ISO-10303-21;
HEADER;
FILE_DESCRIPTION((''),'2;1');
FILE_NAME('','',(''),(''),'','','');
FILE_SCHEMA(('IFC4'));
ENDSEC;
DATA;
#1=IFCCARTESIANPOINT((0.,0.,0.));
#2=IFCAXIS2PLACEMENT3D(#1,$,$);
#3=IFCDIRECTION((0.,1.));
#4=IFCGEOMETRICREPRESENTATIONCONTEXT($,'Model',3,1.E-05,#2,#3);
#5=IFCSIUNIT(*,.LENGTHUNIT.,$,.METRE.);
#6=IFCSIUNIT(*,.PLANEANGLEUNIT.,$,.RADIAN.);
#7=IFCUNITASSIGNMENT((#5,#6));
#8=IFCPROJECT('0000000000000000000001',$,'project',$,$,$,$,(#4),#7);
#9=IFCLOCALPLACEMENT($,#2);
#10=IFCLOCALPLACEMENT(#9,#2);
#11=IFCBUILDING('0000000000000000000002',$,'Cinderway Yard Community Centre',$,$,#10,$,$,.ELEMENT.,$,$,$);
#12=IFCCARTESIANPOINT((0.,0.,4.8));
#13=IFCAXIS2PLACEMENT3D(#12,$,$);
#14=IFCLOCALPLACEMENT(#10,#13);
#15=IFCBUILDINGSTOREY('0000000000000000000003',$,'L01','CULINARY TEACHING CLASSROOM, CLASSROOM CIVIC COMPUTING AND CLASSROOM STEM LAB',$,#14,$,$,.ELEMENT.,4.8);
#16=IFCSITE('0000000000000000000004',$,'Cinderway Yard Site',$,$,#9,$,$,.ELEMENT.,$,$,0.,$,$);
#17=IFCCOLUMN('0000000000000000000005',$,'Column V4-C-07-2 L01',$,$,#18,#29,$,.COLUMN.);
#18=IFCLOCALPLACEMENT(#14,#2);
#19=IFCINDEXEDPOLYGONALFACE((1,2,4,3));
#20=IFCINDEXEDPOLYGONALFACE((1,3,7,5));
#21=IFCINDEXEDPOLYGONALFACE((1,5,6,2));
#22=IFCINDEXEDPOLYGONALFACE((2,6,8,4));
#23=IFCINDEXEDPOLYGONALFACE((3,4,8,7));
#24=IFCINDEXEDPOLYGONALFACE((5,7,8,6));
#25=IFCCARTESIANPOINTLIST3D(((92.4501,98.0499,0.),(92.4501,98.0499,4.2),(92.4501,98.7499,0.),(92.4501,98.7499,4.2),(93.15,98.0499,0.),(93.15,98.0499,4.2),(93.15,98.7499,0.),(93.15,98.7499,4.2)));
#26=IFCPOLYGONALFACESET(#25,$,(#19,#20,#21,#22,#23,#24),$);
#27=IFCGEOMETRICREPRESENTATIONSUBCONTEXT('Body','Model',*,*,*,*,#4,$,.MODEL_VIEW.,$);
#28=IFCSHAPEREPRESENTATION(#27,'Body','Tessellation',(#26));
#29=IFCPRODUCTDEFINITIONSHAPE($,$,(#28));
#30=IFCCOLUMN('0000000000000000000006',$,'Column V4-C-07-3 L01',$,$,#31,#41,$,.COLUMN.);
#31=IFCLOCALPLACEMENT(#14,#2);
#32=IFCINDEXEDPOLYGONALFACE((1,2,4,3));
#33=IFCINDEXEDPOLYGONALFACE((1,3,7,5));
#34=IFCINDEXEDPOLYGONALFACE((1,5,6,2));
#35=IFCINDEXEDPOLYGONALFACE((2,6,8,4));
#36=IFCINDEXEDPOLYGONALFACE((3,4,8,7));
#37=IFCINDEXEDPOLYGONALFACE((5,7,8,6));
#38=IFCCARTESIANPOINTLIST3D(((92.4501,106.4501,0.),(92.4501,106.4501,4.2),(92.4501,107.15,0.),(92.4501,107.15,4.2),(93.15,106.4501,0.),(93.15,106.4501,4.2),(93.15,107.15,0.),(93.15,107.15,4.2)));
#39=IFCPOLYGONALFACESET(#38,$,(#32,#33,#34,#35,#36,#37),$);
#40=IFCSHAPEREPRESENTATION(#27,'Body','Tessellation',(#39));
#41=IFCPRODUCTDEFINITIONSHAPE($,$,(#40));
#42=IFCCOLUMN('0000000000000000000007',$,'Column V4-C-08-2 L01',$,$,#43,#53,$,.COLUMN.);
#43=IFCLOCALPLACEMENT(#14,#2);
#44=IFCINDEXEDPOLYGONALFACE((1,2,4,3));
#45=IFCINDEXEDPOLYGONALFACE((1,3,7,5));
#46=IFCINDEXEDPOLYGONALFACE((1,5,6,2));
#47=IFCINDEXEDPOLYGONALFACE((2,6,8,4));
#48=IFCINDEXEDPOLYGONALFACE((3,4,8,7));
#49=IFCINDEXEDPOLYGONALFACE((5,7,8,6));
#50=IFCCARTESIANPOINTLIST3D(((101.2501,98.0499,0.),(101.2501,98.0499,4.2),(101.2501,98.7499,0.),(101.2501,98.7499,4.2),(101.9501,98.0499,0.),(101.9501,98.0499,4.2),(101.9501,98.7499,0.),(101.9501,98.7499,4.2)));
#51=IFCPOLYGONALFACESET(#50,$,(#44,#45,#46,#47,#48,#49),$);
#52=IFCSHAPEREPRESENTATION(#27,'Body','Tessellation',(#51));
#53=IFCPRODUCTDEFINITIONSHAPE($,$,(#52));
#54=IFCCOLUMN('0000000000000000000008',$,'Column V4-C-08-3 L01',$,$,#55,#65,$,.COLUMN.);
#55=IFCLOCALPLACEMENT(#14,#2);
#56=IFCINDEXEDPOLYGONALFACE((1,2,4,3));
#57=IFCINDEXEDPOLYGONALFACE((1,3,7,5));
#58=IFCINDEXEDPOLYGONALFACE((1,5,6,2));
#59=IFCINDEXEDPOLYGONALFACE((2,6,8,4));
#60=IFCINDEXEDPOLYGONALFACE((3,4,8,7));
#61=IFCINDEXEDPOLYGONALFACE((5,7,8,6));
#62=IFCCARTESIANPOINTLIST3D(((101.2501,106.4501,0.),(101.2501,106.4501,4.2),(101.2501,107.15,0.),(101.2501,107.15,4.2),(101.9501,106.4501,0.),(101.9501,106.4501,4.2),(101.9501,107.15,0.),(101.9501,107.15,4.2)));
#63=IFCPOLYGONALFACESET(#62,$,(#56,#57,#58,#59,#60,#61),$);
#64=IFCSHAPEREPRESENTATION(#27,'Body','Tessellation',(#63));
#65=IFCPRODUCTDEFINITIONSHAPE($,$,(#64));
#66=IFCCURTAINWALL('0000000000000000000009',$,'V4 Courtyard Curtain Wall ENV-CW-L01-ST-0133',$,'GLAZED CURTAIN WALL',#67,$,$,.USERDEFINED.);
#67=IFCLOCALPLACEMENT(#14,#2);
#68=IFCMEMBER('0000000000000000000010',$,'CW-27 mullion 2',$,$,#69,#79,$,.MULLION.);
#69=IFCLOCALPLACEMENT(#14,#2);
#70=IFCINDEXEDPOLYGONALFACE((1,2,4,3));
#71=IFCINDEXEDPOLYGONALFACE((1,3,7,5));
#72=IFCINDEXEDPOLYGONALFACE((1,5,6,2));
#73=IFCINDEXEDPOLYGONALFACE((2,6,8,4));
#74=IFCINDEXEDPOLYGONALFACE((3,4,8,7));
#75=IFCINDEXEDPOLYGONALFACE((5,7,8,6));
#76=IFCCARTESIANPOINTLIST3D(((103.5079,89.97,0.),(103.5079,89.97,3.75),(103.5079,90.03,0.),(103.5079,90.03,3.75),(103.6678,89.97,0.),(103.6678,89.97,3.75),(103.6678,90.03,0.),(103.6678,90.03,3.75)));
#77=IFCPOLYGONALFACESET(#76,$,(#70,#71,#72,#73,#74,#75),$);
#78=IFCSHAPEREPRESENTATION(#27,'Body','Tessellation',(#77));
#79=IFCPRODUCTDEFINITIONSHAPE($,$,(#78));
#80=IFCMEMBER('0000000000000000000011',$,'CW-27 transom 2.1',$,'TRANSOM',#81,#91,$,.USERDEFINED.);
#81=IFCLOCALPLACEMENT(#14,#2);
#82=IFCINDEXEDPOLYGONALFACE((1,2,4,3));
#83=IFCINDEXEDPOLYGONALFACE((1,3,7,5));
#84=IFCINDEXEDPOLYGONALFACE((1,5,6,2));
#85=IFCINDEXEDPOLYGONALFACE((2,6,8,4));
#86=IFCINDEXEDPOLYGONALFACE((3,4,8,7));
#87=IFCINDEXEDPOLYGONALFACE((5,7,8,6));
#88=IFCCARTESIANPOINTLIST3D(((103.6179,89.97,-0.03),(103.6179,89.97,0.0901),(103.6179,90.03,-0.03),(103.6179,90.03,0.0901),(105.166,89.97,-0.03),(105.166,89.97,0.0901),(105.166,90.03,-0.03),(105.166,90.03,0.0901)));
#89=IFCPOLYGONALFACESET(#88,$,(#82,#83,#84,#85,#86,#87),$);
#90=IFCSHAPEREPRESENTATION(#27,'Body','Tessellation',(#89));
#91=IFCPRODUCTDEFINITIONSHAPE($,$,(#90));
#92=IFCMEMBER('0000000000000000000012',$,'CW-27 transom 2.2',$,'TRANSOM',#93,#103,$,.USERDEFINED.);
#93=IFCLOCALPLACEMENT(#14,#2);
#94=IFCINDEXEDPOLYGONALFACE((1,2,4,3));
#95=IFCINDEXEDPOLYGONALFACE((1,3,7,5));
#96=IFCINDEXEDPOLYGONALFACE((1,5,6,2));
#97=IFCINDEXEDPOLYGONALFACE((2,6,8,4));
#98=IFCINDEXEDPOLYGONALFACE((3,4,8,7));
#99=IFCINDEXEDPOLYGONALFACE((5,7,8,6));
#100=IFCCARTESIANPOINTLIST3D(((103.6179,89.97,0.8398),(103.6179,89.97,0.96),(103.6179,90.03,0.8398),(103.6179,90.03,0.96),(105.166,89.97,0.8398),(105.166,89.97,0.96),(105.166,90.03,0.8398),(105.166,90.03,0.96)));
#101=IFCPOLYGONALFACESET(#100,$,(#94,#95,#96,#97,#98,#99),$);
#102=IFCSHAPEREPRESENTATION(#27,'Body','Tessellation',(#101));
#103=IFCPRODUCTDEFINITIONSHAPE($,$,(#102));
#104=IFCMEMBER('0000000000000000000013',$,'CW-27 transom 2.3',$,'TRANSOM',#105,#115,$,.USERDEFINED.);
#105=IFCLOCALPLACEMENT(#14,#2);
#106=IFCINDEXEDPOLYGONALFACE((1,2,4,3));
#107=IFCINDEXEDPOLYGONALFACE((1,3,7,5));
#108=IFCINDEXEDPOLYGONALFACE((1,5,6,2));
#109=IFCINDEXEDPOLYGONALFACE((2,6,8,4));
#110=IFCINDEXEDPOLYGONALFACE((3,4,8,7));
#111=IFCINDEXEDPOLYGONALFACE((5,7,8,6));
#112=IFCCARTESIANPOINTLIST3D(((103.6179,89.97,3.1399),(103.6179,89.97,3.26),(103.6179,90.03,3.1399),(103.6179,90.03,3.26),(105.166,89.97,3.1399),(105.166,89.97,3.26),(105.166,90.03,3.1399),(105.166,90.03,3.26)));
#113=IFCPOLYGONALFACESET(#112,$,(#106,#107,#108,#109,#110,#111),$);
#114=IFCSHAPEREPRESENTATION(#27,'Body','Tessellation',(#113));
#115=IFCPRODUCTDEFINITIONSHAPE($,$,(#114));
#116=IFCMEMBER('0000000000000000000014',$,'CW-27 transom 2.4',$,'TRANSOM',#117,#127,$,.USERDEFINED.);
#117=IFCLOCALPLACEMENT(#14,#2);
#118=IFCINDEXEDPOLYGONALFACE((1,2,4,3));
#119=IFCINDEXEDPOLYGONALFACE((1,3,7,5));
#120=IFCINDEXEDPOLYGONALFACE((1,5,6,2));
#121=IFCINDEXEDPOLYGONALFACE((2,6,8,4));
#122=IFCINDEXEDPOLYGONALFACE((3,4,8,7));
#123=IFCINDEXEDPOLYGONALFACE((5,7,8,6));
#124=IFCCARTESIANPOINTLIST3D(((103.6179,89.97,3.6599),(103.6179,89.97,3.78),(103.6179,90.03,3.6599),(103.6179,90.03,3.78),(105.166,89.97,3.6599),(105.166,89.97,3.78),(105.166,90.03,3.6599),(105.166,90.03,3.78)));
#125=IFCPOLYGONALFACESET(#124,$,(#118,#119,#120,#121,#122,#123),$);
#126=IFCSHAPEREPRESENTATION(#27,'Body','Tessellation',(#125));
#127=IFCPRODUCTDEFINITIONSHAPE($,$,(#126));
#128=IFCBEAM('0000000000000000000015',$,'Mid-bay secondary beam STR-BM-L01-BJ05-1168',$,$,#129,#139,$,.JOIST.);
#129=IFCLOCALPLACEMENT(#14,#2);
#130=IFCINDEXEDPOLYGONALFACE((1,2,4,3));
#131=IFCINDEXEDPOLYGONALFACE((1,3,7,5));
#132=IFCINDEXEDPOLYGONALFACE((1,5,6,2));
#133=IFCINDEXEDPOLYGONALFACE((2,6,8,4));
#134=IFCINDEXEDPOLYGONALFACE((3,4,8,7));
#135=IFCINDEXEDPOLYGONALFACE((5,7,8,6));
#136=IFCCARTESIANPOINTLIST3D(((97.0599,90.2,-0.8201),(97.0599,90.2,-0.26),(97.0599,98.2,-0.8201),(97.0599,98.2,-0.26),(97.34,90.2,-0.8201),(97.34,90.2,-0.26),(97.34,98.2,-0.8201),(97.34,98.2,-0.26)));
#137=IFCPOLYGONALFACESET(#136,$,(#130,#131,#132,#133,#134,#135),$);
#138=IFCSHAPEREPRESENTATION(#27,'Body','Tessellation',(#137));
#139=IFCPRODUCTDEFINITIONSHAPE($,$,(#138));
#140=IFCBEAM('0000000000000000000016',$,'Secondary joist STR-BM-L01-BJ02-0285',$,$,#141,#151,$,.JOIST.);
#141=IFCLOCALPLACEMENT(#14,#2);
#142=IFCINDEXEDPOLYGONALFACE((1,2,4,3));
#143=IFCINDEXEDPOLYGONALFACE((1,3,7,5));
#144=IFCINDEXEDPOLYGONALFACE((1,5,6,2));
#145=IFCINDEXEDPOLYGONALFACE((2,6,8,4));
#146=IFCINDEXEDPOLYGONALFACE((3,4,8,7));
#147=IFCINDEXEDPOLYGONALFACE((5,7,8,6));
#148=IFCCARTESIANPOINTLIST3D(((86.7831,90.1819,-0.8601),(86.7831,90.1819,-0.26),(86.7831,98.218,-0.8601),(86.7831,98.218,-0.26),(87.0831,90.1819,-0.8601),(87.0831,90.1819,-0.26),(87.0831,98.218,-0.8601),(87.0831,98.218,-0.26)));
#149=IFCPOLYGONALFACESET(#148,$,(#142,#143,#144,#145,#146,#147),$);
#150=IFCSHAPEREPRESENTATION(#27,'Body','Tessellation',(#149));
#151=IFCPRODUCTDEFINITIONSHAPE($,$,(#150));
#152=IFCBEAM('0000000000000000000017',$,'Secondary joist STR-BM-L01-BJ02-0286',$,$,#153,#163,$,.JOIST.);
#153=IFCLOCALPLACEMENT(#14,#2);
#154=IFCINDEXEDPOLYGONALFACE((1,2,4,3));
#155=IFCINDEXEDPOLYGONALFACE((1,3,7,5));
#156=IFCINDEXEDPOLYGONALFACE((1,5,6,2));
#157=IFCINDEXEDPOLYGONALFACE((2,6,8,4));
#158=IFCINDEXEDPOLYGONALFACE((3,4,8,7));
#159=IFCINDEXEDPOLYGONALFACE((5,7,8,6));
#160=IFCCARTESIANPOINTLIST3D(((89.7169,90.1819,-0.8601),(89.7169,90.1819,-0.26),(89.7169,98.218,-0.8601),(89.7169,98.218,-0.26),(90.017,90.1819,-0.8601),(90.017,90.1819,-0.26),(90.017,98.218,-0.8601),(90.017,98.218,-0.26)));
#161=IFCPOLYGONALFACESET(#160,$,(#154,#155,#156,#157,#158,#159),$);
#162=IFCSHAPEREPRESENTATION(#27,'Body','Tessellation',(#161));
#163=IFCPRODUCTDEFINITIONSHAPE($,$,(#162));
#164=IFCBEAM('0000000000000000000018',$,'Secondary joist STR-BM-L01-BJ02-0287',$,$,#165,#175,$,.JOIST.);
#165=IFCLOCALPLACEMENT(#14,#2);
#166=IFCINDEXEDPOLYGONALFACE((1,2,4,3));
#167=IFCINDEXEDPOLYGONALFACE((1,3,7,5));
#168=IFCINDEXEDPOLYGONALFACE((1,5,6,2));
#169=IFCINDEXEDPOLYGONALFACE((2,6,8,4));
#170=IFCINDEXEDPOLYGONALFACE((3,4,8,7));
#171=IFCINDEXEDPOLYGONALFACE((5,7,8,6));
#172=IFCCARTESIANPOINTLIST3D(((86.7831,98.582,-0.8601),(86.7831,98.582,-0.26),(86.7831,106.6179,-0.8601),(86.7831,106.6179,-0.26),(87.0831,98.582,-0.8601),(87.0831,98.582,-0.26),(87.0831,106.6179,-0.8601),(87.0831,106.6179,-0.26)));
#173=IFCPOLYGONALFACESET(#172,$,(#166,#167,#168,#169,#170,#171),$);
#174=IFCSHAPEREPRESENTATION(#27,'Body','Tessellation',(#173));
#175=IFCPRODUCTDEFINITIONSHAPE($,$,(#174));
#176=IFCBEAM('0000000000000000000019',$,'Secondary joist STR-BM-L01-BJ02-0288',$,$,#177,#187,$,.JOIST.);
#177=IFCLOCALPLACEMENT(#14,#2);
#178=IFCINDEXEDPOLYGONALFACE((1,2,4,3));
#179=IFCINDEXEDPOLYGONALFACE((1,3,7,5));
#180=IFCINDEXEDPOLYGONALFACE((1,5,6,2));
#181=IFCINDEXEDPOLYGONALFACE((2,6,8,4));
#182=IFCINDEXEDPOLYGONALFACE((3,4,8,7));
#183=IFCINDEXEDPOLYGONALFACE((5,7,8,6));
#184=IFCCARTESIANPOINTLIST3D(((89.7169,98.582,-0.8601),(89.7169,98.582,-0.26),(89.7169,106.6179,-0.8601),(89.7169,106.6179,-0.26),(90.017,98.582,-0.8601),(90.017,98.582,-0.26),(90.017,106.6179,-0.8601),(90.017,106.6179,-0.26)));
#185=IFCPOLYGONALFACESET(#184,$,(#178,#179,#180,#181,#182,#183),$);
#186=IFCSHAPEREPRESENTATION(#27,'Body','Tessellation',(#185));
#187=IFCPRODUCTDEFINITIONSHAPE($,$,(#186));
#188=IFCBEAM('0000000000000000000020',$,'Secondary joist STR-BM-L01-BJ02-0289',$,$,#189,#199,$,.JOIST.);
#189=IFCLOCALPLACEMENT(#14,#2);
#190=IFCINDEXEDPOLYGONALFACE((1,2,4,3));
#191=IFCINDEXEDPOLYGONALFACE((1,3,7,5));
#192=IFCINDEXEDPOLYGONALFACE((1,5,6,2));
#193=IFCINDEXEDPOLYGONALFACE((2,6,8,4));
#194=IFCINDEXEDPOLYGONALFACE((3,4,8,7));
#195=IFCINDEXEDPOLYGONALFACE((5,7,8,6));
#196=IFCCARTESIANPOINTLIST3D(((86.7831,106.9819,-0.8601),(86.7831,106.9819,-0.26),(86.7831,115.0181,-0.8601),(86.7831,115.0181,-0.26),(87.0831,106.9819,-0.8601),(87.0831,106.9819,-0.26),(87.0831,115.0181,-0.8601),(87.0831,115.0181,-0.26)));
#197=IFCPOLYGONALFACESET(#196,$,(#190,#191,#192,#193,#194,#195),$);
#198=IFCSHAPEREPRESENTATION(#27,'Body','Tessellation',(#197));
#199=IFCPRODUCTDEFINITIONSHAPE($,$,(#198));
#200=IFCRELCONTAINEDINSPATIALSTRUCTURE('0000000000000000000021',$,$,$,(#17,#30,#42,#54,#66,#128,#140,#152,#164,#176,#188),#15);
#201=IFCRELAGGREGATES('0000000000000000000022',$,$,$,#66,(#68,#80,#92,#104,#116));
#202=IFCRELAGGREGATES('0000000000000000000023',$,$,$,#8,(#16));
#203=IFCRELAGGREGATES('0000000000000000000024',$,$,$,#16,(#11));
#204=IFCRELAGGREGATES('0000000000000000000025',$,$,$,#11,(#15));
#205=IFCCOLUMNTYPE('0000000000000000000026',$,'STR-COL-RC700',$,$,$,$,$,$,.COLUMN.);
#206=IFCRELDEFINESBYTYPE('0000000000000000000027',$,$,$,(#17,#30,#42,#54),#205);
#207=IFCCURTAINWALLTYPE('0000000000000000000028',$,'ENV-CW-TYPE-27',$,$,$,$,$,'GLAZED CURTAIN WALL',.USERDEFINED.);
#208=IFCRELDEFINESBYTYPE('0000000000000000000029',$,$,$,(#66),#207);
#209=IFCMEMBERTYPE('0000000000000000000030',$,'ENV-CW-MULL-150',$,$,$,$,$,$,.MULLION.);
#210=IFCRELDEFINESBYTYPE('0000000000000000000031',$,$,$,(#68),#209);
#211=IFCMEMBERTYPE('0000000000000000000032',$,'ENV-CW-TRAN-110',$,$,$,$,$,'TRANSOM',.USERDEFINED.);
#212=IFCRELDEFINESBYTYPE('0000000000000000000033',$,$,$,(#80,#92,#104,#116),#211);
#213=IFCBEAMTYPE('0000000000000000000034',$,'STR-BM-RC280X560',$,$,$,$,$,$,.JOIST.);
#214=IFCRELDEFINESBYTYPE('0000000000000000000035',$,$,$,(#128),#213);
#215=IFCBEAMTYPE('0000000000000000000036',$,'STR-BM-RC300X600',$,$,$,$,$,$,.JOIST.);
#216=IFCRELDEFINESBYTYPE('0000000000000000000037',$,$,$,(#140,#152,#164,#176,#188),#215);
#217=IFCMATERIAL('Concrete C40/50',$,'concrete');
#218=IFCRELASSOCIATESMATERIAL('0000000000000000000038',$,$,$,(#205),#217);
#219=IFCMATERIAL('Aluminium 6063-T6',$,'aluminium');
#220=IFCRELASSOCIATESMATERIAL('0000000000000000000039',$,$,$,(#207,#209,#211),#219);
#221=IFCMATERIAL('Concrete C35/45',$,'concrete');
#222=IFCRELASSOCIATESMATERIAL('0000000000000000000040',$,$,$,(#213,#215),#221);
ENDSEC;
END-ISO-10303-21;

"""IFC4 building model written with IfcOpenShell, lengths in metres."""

from ifc_helpers import new_model, si_unit, direction, frame, origin, origin_2d, place, context, subcontext, project, spatial, rectangle, extrude, material, material_profile, profile_set, type_object, element, aggregate, save


model = new_model("IFC4")

# Units and contexts
model_context = context("Model", 3, precision=1e-05, world=origin(), true_north=direction((0.0, 1.0)))
body_context = subcontext(model_context, "Body", "Model", "MODEL_VIEW")
ifc_project = project(units=[si_unit("LENGTHUNIT", "METRE"), si_unit("PLANEANGLEUNIT", "RADIAN")], contexts=[model_context])

# Site, building, storey
site_placement = place(None, origin())
site = spatial("IfcSite", under=ifc_project, at=site_placement, Name="Cinderway Yard Site", CompositionType="ELEMENT", RefElevation=0.0)
building_placement = place(site_placement, origin())
building = spatial("IfcBuilding", under=site, at=building_placement, Name="Cinderway Yard Community Centre", CompositionType="ELEMENT")
storey_placement = place(building_placement, frame((0.0, 0.0, 4.8)))
storey = spatial("IfcBuildingStorey", under=building, at=storey_placement, Name="L01", Description="CULINARY TEACHING CLASSROOM, CLASSROOM CIVIC COMPUTING AND CLASSROOM STEM LAB", CompositionType="ELEMENT", Elevation=4.8)

# Columns
ifc_material_1 = material(Name="Concrete C40/50", Category="concrete")
ifc_material_profile_1 = material_profile(ifc_material_1, rectangle(XDim=0.7, YDim=0.7, at=origin_2d()), Name="Concrete C40/50")
ifc_profile_set_1 = profile_set([ifc_material_profile_1], Name="Concrete C40/50")
column_type = type_object("IfcColumnType", Name="STR-COL-RC700", PredefinedType="COLUMN", material=ifc_profile_set_1)
for number, where, z_axis, x_axis, name in (
    (1, (92.8, 98.3999, 0.0), (0.0, 0.0, 1.0), (1.0, 0.0, 0.0), "Column V4-C-07-2 L01"),
    (2, (92.8, 106.8, 0.0), (0.0, 0.0, 1.0), (1.0, 0.0, 0.0), "Column V4-C-07-3 L01"),
    (3, (101.6001, 98.3999, 0.0), (0.0, 0.0, 1.0), (1.0, 0.0, 0.0), "Column V4-C-08-2 L01"),
    (4, (101.6001, 106.8, 0.0), (0.0, 0.0, 1.0), (1.0, 0.0, 0.0), "Column V4-C-08-3 L01"),
):
    element("IfcColumn", number, at=place(storey_placement, frame(where, z_axis=z_axis, x_axis=x_axis)), inside=storey, type_object=column_type, Name=name, PredefinedType="COLUMN", context=body_context, shape_type="SweptSolid", body=[
        extrude(rectangle(XDim=0.7, YDim=0.7, at=origin_2d()), origin(), (0.0, 0.0, 1.0), 4.2),
    ])

# Curtain wall, members
ifc_material_2 = material(Name="Aluminium 6063-T6", Category="aluminium")
curtain_wall_type = type_object("IfcCurtainWallType", Name="ENV-CW-TYPE-27", ElementType="GLAZED CURTAIN WALL", PredefinedType="USERDEFINED", material=ifc_material_2)
curtain_wall_placement = place(storey_placement, origin())
curtain_wall = element("IfcCurtainWall", 5, at=curtain_wall_placement, inside=storey, type_object=curtain_wall_type, Name="V4 Courtyard Curtain Wall ENV-CW-L01-ST-0133", ObjectType="GLAZED CURTAIN WALL", PredefinedType="USERDEFINED")
ifc_material_profile_2 = material_profile(ifc_material_2, rectangle(XDim=0.0601, YDim=0.1599, at=origin_2d()), Name="Aluminium 6063-T6")
ifc_profile_set_2 = profile_set([ifc_material_profile_2], Name="Aluminium 6063-T6")
member_type_1 = type_object("IfcMemberType", Name="ENV-CW-MULL-150", PredefinedType="MULLION", material=ifc_profile_set_2)
member_1_placement = place(storey_placement, frame((103.5879, 90.0, 0.0), z_axis=(0.0, 0.0, 1.0), x_axis=(0.0, 1.0, 0.0)))
member_1 = element("IfcMember", 6, at=member_1_placement, type_object=member_type_1, Name="CW-27 mullion 2", PredefinedType="MULLION", context=body_context, shape_type="SweptSolid", body=[
    extrude(rectangle(XDim=0.0601, YDim=0.1599, at=origin_2d()), origin(), (0.0, 0.0, 1.0), 3.75),
])
ifc_material_profile_3 = material_profile(ifc_material_2, rectangle(XDim=0.0601, YDim=0.1201, at=origin_2d()), Name="Aluminium 6063-T6")
ifc_profile_set_3 = profile_set([ifc_material_profile_3], Name="Aluminium 6063-T6")
member_type_2 = type_object("IfcMemberType", Name="ENV-CW-TRAN-110", ElementType="TRANSOM", PredefinedType="USERDEFINED", material=ifc_profile_set_3)
member_2_placement = place(storey_placement, frame((103.6179, 90.0, 0.03), z_axis=(1.0, 0.0, 0.0), x_axis=(0.0, 1.0, 0.0)))
member_2 = element("IfcMember", 7, at=member_2_placement, type_object=member_type_2, Name="CW-27 transom 2.1", ObjectType="TRANSOM", PredefinedType="USERDEFINED", context=body_context, shape_type="SweptSolid", body=[
    extrude(rectangle(XDim=0.0601, YDim=0.1201, at=origin_2d()), origin(), (0.0, 0.0, 1.0), 1.5481),
])
member_3_placement = place(storey_placement, frame((103.6179, 90.0, 0.8999), z_axis=(1.0, 0.0, 0.0), x_axis=(0.0, 1.0, 0.0)))
member_3 = element("IfcMember", 8, at=member_3_placement, type_object=member_type_2, Name="CW-27 transom 2.2", ObjectType="TRANSOM", PredefinedType="USERDEFINED", context=body_context, shape_type="SweptSolid", body=[
    extrude(rectangle(XDim=0.0601, YDim=0.1201, at=origin_2d()), origin(), (0.0, 0.0, 1.0), 1.5481),
])
member_4_placement = place(storey_placement, frame((103.6179, 90.0, 3.2), z_axis=(1.0, 0.0, 0.0), x_axis=(0.0, 1.0, 0.0)))
member_4 = element("IfcMember", 9, at=member_4_placement, type_object=member_type_2, Name="CW-27 transom 2.3", ObjectType="TRANSOM", PredefinedType="USERDEFINED", context=body_context, shape_type="SweptSolid", body=[
    extrude(rectangle(XDim=0.0601, YDim=0.1201, at=origin_2d()), origin(), (0.0, 0.0, 1.0), 1.5481),
])
member_5_placement = place(storey_placement, frame((103.6179, 90.0, 3.72), z_axis=(1.0, 0.0, 0.0), x_axis=(0.0, 1.0, 0.0)))
member_5 = element("IfcMember", 10, at=member_5_placement, type_object=member_type_2, Name="CW-27 transom 2.4", ObjectType="TRANSOM", PredefinedType="USERDEFINED", context=body_context, shape_type="SweptSolid", body=[
    extrude(rectangle(XDim=0.0601, YDim=0.1201, at=origin_2d()), origin(), (0.0, 0.0, 1.0), 1.5481),
])

# Beams
ifc_material_3 = material(Name="Concrete C35/45", Category="concrete")
ifc_material_profile_4 = material_profile(ifc_material_3, rectangle(XDim=0.28, YDim=0.5601, at=origin_2d()), Name="Concrete C35/45")
ifc_profile_set_4 = profile_set([ifc_material_profile_4], Name="Concrete C35/45")
beam_type_1 = type_object("IfcBeamType", Name="STR-BM-RC280X560", PredefinedType="JOIST", material=ifc_profile_set_4)
beam_1_placement = place(storey_placement, frame((97.2, 90.2, -0.54), z_axis=(0.0, 1.0, 0.0), x_axis=(-1.0, 0.0, 0.0)))
element("IfcBeam", 11, at=beam_1_placement, inside=storey, type_object=beam_type_1, Name="Mid-bay secondary beam STR-BM-L01-BJ05-1168", PredefinedType="JOIST", context=body_context, shape_type="SweptSolid", body=[
    extrude(rectangle(XDim=0.28, YDim=0.5601, at=origin_2d()), origin(), (0.0, 0.0, 1.0), 8.0),
])
ifc_material_profile_5 = material_profile(ifc_material_3, rectangle(XDim=0.3, YDim=0.6001, at=origin_2d()), Name="Concrete C35/45")
ifc_profile_set_5 = profile_set([ifc_material_profile_5], Name="Concrete C35/45")
beam_type_2 = type_object("IfcBeamType", Name="STR-BM-RC300X600", PredefinedType="JOIST", material=ifc_profile_set_5)
for number, where, z_axis, x_axis, name in (
    (12, (86.9331, 90.1819, -0.5601), (0.0, 1.0, 0.0), (-1.0, 0.0, 0.0), "Secondary joist STR-BM-L01-BJ02-0285"),
    (13, (89.8669, 90.1819, -0.5601), (0.0, 1.0, 0.0), (-1.0, 0.0, 0.0), "Secondary joist STR-BM-L01-BJ02-0286"),
):
    element("IfcBeam", number, at=place(storey_placement, frame(where, z_axis=z_axis, x_axis=x_axis)), inside=storey, type_object=beam_type_2, Name=name, PredefinedType="JOIST", context=body_context, shape_type="SweptSolid", body=[
        extrude(rectangle(XDim=0.3, YDim=0.6001, at=origin_2d()), origin(), (0.0, 0.0, 1.0), 8.0361),
    ])
for number, where, z_axis, x_axis, name in (
    (14, (86.9331, 98.582, -0.5601), (0.0, 1.0, 0.0), (-1.0, 0.0, 0.0), "Secondary joist STR-BM-L01-BJ02-0287"),
    (15, (89.8669, 98.582, -0.5601), (0.0, 1.0, 0.0), (-1.0, 0.0, 0.0), "Secondary joist STR-BM-L01-BJ02-0288"),
):
    element("IfcBeam", number, at=place(storey_placement, frame(where, z_axis=z_axis, x_axis=x_axis)), inside=storey, type_object=beam_type_2, Name=name, PredefinedType="JOIST", context=body_context, shape_type="SweptSolid", body=[
        extrude(rectangle(XDim=0.3, YDim=0.6001, at=origin_2d()), origin(), (0.0, 0.0, 1.0), 8.0359),
    ])
for number, where, z_axis, x_axis, name in (
    (16, (86.9331, 106.9819, -0.5601), (0.0, 1.0, 0.0), (-1.0, 0.0, 0.0), "Secondary joist STR-BM-L01-BJ02-0289"),
):
    element("IfcBeam", number, at=place(storey_placement, frame(where, z_axis=z_axis, x_axis=x_axis)), inside=storey, type_object=beam_type_2, Name=name, PredefinedType="JOIST", context=body_context, shape_type="SweptSolid", body=[
        extrude(rectangle(XDim=0.3, YDim=0.6001, at=origin_2d()), origin(), (0.0, 0.0, 1.0), 8.0361),
    ])

aggregate(curtain_wall, [member_1, member_2, member_3, member_4, member_5])

save(model, "model.ifc")
